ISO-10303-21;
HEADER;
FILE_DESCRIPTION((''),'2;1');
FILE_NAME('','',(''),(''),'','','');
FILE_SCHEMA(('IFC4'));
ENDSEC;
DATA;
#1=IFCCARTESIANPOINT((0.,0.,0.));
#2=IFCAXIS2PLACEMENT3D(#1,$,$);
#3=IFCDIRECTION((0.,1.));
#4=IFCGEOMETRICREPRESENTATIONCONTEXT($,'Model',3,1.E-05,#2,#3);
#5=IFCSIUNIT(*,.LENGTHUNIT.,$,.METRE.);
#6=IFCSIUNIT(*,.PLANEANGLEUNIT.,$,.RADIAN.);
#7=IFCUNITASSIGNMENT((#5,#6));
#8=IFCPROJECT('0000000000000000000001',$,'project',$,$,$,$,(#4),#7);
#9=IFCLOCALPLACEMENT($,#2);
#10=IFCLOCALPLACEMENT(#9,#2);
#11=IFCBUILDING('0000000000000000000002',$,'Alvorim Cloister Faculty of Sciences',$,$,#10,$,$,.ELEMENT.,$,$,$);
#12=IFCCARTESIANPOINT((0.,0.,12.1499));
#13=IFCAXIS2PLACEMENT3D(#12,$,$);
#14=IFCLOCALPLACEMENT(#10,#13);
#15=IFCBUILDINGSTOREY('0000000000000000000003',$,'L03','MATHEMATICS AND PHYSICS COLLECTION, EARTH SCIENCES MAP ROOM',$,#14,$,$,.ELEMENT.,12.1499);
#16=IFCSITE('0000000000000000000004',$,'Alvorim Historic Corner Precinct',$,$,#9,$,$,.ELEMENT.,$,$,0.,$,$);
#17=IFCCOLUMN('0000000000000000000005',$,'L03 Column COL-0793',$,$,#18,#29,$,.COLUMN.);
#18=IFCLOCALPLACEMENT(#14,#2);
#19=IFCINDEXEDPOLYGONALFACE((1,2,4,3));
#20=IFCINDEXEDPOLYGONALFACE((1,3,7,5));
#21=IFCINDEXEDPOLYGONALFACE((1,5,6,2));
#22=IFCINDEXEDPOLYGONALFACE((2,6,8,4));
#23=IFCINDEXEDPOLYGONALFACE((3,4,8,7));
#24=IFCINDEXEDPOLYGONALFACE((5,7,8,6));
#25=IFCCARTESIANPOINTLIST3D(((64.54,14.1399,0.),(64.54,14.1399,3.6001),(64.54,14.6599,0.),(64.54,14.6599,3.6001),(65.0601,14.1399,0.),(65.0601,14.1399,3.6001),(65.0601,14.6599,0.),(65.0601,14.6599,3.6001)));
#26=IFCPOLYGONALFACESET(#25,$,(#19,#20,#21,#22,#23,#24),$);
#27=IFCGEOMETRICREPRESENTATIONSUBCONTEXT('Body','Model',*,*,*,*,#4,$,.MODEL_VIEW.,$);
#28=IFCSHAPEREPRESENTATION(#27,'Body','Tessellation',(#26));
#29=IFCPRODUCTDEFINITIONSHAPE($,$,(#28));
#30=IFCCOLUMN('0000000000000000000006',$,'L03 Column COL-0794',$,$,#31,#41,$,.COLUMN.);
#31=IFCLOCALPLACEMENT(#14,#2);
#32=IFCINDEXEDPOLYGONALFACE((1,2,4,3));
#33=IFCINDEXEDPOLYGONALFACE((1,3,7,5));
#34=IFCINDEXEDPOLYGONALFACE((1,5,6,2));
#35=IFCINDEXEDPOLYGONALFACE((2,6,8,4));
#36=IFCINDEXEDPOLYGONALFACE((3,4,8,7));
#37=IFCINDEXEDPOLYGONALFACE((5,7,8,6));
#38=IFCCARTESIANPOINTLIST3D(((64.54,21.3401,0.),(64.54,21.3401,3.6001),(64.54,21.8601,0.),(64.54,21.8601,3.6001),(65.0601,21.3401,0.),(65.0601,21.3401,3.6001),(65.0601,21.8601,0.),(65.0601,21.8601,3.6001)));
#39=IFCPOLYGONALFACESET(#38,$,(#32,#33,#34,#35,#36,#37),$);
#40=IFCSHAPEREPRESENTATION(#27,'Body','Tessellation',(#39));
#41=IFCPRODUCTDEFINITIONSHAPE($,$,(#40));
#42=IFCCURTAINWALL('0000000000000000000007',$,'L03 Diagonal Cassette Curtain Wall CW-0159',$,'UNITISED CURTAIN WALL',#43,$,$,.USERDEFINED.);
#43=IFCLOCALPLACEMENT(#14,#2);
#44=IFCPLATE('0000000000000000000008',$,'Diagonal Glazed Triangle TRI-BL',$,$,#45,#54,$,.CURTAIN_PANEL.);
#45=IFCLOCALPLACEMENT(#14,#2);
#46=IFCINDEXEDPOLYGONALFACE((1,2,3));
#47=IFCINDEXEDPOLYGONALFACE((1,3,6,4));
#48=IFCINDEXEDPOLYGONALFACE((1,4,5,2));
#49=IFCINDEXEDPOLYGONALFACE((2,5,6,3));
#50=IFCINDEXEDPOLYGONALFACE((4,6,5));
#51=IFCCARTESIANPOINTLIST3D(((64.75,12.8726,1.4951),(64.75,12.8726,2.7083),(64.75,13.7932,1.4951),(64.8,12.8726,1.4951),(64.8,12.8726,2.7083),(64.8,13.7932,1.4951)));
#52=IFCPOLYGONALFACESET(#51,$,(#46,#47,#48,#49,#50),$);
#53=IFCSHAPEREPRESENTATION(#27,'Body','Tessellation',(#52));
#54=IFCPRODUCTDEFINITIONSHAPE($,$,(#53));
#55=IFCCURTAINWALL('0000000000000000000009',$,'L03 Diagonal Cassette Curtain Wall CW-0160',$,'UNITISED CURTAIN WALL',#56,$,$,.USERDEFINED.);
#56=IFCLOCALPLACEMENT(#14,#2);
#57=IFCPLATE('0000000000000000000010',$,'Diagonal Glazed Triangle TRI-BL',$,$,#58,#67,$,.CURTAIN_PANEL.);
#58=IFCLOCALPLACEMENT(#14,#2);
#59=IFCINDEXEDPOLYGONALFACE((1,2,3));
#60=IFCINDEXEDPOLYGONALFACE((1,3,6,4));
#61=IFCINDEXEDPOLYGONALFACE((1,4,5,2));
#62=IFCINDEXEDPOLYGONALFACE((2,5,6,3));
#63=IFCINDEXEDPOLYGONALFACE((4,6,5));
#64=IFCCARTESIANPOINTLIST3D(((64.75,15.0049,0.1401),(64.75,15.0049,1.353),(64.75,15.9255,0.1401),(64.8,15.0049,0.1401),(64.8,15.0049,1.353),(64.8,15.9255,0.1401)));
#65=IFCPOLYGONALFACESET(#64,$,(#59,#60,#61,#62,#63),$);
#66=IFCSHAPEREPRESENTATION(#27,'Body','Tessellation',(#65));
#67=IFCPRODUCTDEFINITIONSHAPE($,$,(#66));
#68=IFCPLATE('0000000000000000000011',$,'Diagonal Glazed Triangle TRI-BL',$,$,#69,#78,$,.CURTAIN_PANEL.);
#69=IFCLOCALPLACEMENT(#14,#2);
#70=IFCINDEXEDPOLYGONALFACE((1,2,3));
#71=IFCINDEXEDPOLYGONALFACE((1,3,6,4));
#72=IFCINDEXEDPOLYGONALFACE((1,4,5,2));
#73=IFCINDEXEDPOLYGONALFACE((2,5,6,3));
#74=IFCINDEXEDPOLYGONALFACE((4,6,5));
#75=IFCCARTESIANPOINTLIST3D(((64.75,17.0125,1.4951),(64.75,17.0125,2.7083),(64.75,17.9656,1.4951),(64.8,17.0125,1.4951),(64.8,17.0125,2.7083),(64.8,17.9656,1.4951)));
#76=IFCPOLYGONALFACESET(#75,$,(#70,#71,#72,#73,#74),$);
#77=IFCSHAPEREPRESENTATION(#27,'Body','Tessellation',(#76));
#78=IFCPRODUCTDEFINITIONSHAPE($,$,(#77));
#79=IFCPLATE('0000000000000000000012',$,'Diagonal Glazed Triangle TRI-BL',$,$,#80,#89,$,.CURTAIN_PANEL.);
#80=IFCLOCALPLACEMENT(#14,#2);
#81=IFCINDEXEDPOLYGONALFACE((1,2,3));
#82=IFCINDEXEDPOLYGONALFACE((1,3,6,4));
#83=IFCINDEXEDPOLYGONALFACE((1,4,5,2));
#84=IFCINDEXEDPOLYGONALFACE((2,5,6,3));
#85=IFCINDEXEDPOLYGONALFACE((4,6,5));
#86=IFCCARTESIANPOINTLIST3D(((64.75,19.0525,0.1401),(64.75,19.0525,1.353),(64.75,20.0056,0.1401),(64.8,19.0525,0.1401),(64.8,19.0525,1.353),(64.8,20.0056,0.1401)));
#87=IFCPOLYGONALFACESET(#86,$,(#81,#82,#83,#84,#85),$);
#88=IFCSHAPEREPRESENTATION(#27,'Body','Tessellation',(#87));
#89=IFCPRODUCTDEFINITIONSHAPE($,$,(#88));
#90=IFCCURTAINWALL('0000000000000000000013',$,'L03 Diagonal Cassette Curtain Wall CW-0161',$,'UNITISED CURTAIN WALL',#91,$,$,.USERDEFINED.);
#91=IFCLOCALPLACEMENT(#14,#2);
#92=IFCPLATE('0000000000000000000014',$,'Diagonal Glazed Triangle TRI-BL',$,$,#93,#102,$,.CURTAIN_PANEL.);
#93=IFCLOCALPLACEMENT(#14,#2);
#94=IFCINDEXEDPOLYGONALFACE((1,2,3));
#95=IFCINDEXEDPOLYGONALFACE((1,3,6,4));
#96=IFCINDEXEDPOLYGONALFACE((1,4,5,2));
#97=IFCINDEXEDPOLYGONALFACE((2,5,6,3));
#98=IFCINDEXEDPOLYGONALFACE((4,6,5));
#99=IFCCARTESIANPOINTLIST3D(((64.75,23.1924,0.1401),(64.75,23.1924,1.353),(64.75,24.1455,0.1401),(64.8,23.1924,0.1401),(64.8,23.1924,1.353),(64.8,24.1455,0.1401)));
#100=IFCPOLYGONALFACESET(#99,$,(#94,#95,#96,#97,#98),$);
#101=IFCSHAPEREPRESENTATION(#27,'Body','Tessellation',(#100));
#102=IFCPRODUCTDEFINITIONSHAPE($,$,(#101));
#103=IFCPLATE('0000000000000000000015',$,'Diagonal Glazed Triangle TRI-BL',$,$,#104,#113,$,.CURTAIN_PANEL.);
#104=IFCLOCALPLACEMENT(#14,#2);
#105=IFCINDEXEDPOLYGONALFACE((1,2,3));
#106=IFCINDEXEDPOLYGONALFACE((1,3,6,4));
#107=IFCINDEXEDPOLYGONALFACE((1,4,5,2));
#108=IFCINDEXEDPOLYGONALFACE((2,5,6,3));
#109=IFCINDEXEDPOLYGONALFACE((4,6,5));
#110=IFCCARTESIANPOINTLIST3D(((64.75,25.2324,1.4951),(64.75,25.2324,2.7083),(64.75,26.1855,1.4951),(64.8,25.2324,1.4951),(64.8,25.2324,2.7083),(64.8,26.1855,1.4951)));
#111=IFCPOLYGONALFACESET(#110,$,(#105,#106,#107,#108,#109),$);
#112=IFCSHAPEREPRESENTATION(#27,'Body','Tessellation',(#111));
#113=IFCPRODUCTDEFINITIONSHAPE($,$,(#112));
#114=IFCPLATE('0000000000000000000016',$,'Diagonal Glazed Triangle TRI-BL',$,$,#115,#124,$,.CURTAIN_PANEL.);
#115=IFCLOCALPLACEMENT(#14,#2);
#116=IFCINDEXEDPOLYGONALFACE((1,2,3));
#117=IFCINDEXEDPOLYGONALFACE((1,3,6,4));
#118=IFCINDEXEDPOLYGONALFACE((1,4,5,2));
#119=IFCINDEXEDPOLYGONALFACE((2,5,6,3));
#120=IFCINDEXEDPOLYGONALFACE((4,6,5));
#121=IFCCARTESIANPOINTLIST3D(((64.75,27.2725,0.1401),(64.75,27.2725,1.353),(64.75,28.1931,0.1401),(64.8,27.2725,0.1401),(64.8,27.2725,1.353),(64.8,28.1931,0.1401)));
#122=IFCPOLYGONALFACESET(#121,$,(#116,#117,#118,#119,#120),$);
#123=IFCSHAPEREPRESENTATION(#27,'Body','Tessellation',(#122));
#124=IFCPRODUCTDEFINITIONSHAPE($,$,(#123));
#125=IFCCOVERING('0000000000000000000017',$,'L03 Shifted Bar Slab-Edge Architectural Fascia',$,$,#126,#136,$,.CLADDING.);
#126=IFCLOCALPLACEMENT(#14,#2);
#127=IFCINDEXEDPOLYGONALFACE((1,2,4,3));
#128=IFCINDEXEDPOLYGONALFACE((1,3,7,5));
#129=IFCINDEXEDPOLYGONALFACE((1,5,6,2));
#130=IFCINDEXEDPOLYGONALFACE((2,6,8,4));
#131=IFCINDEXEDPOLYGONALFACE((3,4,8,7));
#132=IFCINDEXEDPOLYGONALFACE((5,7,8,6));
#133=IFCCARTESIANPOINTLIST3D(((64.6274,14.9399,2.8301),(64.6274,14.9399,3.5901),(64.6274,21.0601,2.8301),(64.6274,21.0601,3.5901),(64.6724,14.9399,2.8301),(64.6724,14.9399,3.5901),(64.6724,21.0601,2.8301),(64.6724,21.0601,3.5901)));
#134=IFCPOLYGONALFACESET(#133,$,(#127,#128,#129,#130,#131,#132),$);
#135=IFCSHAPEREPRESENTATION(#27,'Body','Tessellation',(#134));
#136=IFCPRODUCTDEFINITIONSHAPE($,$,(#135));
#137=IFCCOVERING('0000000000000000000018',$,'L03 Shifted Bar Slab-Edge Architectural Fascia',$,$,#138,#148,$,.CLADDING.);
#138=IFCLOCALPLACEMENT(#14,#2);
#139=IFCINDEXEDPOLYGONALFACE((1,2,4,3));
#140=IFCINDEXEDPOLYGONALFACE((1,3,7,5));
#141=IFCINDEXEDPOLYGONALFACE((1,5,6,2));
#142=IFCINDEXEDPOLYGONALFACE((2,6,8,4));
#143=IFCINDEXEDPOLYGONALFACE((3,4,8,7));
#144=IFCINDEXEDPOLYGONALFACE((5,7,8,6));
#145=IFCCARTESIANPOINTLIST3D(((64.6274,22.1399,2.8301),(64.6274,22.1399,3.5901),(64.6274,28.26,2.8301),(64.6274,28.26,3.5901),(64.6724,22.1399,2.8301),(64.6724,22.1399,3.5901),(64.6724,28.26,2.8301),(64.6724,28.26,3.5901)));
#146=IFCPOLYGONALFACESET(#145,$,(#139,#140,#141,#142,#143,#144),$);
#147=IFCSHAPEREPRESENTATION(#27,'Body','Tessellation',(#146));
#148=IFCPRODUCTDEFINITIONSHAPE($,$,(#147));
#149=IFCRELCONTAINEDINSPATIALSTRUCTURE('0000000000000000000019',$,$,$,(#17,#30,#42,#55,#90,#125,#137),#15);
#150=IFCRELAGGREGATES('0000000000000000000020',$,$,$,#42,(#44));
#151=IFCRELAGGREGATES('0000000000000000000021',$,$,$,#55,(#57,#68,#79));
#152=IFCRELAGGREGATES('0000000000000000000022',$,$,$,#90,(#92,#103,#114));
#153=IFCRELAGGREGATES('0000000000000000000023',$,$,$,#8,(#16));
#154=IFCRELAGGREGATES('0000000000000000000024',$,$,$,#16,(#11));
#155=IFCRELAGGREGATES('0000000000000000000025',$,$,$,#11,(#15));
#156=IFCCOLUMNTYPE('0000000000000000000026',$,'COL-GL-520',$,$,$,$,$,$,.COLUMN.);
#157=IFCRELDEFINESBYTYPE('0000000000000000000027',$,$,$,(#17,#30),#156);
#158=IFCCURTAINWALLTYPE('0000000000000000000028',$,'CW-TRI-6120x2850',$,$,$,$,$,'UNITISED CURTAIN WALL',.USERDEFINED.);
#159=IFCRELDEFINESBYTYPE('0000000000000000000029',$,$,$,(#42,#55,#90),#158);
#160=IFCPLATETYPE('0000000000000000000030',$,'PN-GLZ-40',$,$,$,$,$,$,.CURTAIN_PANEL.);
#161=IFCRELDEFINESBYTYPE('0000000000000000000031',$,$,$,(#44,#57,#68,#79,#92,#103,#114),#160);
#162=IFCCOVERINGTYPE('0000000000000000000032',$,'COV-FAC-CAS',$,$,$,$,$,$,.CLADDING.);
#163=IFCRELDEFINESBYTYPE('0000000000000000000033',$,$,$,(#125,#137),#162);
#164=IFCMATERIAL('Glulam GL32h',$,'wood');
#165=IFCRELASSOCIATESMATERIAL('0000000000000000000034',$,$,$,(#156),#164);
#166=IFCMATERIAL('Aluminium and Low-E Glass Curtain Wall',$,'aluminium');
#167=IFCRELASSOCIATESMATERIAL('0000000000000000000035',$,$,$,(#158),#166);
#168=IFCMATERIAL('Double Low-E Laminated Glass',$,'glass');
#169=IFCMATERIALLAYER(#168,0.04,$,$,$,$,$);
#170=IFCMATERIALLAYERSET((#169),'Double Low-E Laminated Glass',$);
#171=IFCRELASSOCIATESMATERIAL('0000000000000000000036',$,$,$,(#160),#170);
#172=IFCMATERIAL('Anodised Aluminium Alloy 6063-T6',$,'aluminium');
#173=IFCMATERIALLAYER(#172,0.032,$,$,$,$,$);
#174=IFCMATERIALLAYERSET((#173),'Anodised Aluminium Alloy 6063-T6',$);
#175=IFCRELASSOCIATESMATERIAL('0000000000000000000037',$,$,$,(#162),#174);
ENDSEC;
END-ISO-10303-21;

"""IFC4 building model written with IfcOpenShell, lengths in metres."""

from ifc_helpers import new_model, si_unit, direction, frame, origin, origin_2d, place, context, subcontext, project, spatial, polyline, rectangle, outline, extrude, material, layer, layer_set, material_profile, profile_set, type_object, element, aggregate, save


model = new_model("IFC4")

# Units and contexts
model_context = context("Model", 3, precision=1e-05, world=origin(), true_north=direction((0.0, 1.0)))
body_context = subcontext(model_context, "Body", "Model", "MODEL_VIEW")
ifc_project = project(units=[si_unit("LENGTHUNIT", "METRE"), si_unit("PLANEANGLEUNIT", "RADIAN")], contexts=[model_context])

# Site, building, storey
site_placement = place(None, origin())
site = spatial("IfcSite", under=ifc_project, at=site_placement, Name="Alvorim Historic Corner Precinct", CompositionType="ELEMENT", RefElevation=0.0)
building_placement = place(site_placement, origin())
building = spatial("IfcBuilding", under=site, at=building_placement, Name="Alvorim Cloister Faculty of Sciences", CompositionType="ELEMENT")
storey_placement = place(building_placement, frame((0.0, 0.0, 12.1499)))
storey = spatial("IfcBuildingStorey", under=building, at=storey_placement, Name="L03", Description="MATHEMATICS AND PHYSICS COLLECTION, EARTH SCIENCES MAP ROOM", CompositionType="ELEMENT", Elevation=12.1499)

# Columns
ifc_material_1 = material(Name="Glulam GL32h", Category="wood")
ifc_material_profile = material_profile(ifc_material_1, rectangle(XDim=0.52, YDim=0.52, at=origin_2d()), Name="GL32-COL-520x520")
ifc_profile_set = profile_set([ifc_material_profile], Name="Glulam GL32h")
column_type = type_object("IfcColumnType", Name="COL-GL-520", PredefinedType="COLUMN", material=ifc_profile_set)
for number, where, z_axis, x_axis, name in (
    (1, (64.8, 14.3999, 0.0), (0.0, 0.0, 1.0), (1.0, 0.0, 0.0), "L03 Column COL-0793"),
    (2, (64.8, 21.6001, 0.0), (0.0, 0.0, 1.0), (1.0, 0.0, 0.0), "L03 Column COL-0794"),
):
    element("IfcColumn", number, at=place(storey_placement, frame(where, z_axis=z_axis, x_axis=x_axis)), inside=storey, type_object=column_type, Name=name, PredefinedType="COLUMN", context=body_context, shape_type="SweptSolid", body=[
        extrude(rectangle(XDim=0.52, YDim=0.52, at=origin_2d()), origin(), (0.0, 0.0, 1.0), 3.6001),
    ])

# Curtain walls, plates
ifc_material_2 = material(Name="Aluminium and Low-E Glass Curtain Wall", Category="aluminium")
curtain_wall_type = type_object("IfcCurtainWallType", Name="CW-TRI-6120x2850", ElementType="UNITISED CURTAIN WALL", PredefinedType="USERDEFINED", material=ifc_material_2)
curtain_wall_1_placement = place(storey_placement, origin())
curtain_wall_1 = element("IfcCurtainWall", 3, at=curtain_wall_1_placement, inside=storey, type_object=curtain_wall_type, Name="L03 Diagonal Cassette Curtain Wall CW-0159", ObjectType="UNITISED CURTAIN WALL", PredefinedType="USERDEFINED")
ifc_material_3 = material(Name="Double Low-E Laminated Glass", Category="glass")
ifc_layer_1 = layer(ifc_material_3, 0.04)
ifc_layer_set_1 = layer_set([ifc_layer_1], Name="Double Low-E Laminated Glass")
plate_type = type_object("IfcPlateType", Name="PN-GLZ-40", PredefinedType="CURTAIN_PANEL", material=ifc_layer_set_1)
plate_1_placement = place(storey_placement, frame((64.7749, 12.8726, 1.4951), z_axis=(0.0, 0.0, 1.0), x_axis=(0.0, 1.0, 0.0)))
plate_1 = element("IfcPlate", 4, at=plate_1_placement, type_object=plate_type, Name="Diagonal Glazed Triangle TRI-BL", PredefinedType="CURTAIN_PANEL", context=body_context, shape_type="SweptSolid", body=[
    extrude(outline(polyline([(0.0, 0.0), (0.9207, 0.0), (0.0, 1.2131), (0.0, 0.0)])), frame((0.0, 0.0249, 0.0), z_axis=(0.0, -1.0, 0.0), x_axis=(1.0, 0.0, 0.0)), (0.0, 0.0, 1.0), 0.05),
])
aggregate(curtain_wall_1, [plate_1])
curtain_wall_2_placement = place(storey_placement, origin())
curtain_wall_2 = element("IfcCurtainWall", 5, at=curtain_wall_2_placement, inside=storey, type_object=curtain_wall_type, Name="L03 Diagonal Cassette Curtain Wall CW-0160", ObjectType="UNITISED CURTAIN WALL", PredefinedType="USERDEFINED")
plate_2_placement = place(storey_placement, frame((64.7749, 15.0049, 0.1401), z_axis=(0.0, 0.0, 1.0), x_axis=(0.0, 1.0, 0.0)))
plate_2 = element("IfcPlate", 6, at=plate_2_placement, type_object=plate_type, Name="Diagonal Glazed Triangle TRI-BL", PredefinedType="CURTAIN_PANEL", context=body_context, shape_type="SweptSolid", body=[
    extrude(outline(polyline([(0.0, 0.0), (0.9207, 0.0), (0.0, 1.2129), (0.0, 0.0)])), frame((0.0, 0.0249, 0.0), z_axis=(0.0, -1.0, 0.0), x_axis=(1.0, 0.0, 0.0)), (0.0, 0.0, 1.0), 0.05),
])
plate_3_placement = place(storey_placement, frame((64.7749, 17.0125, 1.4951), z_axis=(0.0, 0.0, 1.0), x_axis=(0.0, 1.0, 0.0)))
plate_3 = element("IfcPlate", 7, at=plate_3_placement, type_object=plate_type, Name="Diagonal Glazed Triangle TRI-BL", PredefinedType="CURTAIN_PANEL", context=body_context, shape_type="SweptSolid", body=[
    extrude(outline(polyline([(0.0, 0.0), (0.9531, 0.0), (0.0, 1.2131), (0.0, 0.0)])), frame((0.0, 0.0249, 0.0), z_axis=(0.0, -1.0, 0.0), x_axis=(1.0, 0.0, 0.0)), (0.0, 0.0, 1.0), 0.05),
])
plate_4_placement = place(storey_placement, frame((64.7749, 19.0525, 0.1401), z_axis=(0.0, 0.0, 1.0), x_axis=(0.0, 1.0, 0.0)))
plate_4 = element("IfcPlate", 8, at=plate_4_placement, type_object=plate_type, Name="Diagonal Glazed Triangle TRI-BL", PredefinedType="CURTAIN_PANEL", context=body_context, shape_type="SweptSolid", body=[
    extrude(outline(polyline([(0.0, 0.0), (0.9531, 0.0), (0.0, 1.2129), (0.0, 0.0)])), frame((0.0, 0.0249, 0.0), z_axis=(0.0, -1.0, 0.0), x_axis=(1.0, 0.0, 0.0)), (0.0, 0.0, 1.0), 0.05),
])
aggregate(curtain_wall_2, [plate_2, plate_3, plate_4])
curtain_wall_3_placement = place(storey_placement, origin())
curtain_wall_3 = element("IfcCurtainWall", 9, at=curtain_wall_3_placement, inside=storey, type_object=curtain_wall_type, Name="L03 Diagonal Cassette Curtain Wall CW-0161", ObjectType="UNITISED CURTAIN WALL", PredefinedType="USERDEFINED")
plate_5_placement = place(storey_placement, frame((64.7749, 23.1924, 0.1401), z_axis=(0.0, 0.0, 1.0), x_axis=(0.0, 1.0, 0.0)))
plate_5 = element("IfcPlate", 10, at=plate_5_placement, type_object=plate_type, Name="Diagonal Glazed Triangle TRI-BL", PredefinedType="CURTAIN_PANEL", context=body_context, shape_type="SweptSolid", body=[
    extrude(outline(polyline([(0.0, 0.0), (0.9531, 0.0), (0.0, 1.2129), (0.0, 0.0)])), frame((0.0, 0.0249, 0.0), z_axis=(0.0, -1.0, 0.0), x_axis=(1.0, 0.0, 0.0)), (0.0, 0.0, 1.0), 0.05),
])
plate_6_placement = place(storey_placement, frame((64.7749, 25.2324, 1.4951), z_axis=(0.0, 0.0, 1.0), x_axis=(0.0, 1.0, 0.0)))
plate_6 = element("IfcPlate", 11, at=plate_6_placement, type_object=plate_type, Name="Diagonal Glazed Triangle TRI-BL", PredefinedType="CURTAIN_PANEL", context=body_context, shape_type="SweptSolid", body=[
    extrude(outline(polyline([(0.0, 0.0), (0.9531, 0.0), (0.0, 1.2131), (0.0, 0.0)])), frame((0.0, 0.0249, 0.0), z_axis=(0.0, -1.0, 0.0), x_axis=(1.0, 0.0, 0.0)), (0.0, 0.0, 1.0), 0.05),
])
plate_7_placement = place(storey_placement, frame((64.7749, 27.2725, 0.1401), z_axis=(0.0, 0.0, 1.0), x_axis=(0.0, 1.0, 0.0)))
plate_7 = element("IfcPlate", 12, at=plate_7_placement, type_object=plate_type, Name="Diagonal Glazed Triangle TRI-BL", PredefinedType="CURTAIN_PANEL", context=body_context, shape_type="SweptSolid", body=[
    extrude(outline(polyline([(0.0, 0.0), (0.9207, 0.0), (0.0, 1.2129), (0.0, 0.0)])), frame((0.0, 0.0249, 0.0), z_axis=(0.0, -1.0, 0.0), x_axis=(1.0, 0.0, 0.0)), (0.0, 0.0, 1.0), 0.05),
])
aggregate(curtain_wall_3, [plate_5, plate_6, plate_7])

# Coverings
ifc_material_4 = material(Name="Anodised Aluminium Alloy 6063-T6", Category="aluminium")
ifc_layer_2 = layer(ifc_material_4, 0.032)
ifc_layer_set_2 = layer_set([ifc_layer_2], Name="Anodised Aluminium Alloy 6063-T6")
covering_type = type_object("IfcCoveringType", Name="COV-FAC-CAS", PredefinedType="CLADDING", material=ifc_layer_set_2)
for number, where, z_axis, x_axis, name in (
    (13, (64.6499, 14.9399, 2.8301), (0.0, 0.0, 1.0), (0.0, 1.0, 0.0), "L03 Shifted Bar Slab-Edge Architectural Fascia"),
    (14, (64.6499, 22.1399, 2.8301), (0.0, 0.0, 1.0), (0.0, 1.0, 0.0), "L03 Shifted Bar Slab-Edge Architectural Fascia"),
):
    element("IfcCovering", number, at=place(storey_placement, frame(where, z_axis=z_axis, x_axis=x_axis)), inside=storey, type_object=covering_type, Name=name, PredefinedType="CLADDING", context=body_context, shape_type="SweptSolid", body=[
        extrude(outline(polyline([(0.0, 0.0), (6.1201, 0.0), (6.1201, 0.76), (0.0, 0.76), (0.0, 0.0)])), frame((0.0, 0.0225, 0.0), z_axis=(0.0, -1.0, 0.0), x_axis=(1.0, 0.0, 0.0)), (0.0, 0.0, 1.0), 0.0449),
    ])

save(model, "model.ifc")
